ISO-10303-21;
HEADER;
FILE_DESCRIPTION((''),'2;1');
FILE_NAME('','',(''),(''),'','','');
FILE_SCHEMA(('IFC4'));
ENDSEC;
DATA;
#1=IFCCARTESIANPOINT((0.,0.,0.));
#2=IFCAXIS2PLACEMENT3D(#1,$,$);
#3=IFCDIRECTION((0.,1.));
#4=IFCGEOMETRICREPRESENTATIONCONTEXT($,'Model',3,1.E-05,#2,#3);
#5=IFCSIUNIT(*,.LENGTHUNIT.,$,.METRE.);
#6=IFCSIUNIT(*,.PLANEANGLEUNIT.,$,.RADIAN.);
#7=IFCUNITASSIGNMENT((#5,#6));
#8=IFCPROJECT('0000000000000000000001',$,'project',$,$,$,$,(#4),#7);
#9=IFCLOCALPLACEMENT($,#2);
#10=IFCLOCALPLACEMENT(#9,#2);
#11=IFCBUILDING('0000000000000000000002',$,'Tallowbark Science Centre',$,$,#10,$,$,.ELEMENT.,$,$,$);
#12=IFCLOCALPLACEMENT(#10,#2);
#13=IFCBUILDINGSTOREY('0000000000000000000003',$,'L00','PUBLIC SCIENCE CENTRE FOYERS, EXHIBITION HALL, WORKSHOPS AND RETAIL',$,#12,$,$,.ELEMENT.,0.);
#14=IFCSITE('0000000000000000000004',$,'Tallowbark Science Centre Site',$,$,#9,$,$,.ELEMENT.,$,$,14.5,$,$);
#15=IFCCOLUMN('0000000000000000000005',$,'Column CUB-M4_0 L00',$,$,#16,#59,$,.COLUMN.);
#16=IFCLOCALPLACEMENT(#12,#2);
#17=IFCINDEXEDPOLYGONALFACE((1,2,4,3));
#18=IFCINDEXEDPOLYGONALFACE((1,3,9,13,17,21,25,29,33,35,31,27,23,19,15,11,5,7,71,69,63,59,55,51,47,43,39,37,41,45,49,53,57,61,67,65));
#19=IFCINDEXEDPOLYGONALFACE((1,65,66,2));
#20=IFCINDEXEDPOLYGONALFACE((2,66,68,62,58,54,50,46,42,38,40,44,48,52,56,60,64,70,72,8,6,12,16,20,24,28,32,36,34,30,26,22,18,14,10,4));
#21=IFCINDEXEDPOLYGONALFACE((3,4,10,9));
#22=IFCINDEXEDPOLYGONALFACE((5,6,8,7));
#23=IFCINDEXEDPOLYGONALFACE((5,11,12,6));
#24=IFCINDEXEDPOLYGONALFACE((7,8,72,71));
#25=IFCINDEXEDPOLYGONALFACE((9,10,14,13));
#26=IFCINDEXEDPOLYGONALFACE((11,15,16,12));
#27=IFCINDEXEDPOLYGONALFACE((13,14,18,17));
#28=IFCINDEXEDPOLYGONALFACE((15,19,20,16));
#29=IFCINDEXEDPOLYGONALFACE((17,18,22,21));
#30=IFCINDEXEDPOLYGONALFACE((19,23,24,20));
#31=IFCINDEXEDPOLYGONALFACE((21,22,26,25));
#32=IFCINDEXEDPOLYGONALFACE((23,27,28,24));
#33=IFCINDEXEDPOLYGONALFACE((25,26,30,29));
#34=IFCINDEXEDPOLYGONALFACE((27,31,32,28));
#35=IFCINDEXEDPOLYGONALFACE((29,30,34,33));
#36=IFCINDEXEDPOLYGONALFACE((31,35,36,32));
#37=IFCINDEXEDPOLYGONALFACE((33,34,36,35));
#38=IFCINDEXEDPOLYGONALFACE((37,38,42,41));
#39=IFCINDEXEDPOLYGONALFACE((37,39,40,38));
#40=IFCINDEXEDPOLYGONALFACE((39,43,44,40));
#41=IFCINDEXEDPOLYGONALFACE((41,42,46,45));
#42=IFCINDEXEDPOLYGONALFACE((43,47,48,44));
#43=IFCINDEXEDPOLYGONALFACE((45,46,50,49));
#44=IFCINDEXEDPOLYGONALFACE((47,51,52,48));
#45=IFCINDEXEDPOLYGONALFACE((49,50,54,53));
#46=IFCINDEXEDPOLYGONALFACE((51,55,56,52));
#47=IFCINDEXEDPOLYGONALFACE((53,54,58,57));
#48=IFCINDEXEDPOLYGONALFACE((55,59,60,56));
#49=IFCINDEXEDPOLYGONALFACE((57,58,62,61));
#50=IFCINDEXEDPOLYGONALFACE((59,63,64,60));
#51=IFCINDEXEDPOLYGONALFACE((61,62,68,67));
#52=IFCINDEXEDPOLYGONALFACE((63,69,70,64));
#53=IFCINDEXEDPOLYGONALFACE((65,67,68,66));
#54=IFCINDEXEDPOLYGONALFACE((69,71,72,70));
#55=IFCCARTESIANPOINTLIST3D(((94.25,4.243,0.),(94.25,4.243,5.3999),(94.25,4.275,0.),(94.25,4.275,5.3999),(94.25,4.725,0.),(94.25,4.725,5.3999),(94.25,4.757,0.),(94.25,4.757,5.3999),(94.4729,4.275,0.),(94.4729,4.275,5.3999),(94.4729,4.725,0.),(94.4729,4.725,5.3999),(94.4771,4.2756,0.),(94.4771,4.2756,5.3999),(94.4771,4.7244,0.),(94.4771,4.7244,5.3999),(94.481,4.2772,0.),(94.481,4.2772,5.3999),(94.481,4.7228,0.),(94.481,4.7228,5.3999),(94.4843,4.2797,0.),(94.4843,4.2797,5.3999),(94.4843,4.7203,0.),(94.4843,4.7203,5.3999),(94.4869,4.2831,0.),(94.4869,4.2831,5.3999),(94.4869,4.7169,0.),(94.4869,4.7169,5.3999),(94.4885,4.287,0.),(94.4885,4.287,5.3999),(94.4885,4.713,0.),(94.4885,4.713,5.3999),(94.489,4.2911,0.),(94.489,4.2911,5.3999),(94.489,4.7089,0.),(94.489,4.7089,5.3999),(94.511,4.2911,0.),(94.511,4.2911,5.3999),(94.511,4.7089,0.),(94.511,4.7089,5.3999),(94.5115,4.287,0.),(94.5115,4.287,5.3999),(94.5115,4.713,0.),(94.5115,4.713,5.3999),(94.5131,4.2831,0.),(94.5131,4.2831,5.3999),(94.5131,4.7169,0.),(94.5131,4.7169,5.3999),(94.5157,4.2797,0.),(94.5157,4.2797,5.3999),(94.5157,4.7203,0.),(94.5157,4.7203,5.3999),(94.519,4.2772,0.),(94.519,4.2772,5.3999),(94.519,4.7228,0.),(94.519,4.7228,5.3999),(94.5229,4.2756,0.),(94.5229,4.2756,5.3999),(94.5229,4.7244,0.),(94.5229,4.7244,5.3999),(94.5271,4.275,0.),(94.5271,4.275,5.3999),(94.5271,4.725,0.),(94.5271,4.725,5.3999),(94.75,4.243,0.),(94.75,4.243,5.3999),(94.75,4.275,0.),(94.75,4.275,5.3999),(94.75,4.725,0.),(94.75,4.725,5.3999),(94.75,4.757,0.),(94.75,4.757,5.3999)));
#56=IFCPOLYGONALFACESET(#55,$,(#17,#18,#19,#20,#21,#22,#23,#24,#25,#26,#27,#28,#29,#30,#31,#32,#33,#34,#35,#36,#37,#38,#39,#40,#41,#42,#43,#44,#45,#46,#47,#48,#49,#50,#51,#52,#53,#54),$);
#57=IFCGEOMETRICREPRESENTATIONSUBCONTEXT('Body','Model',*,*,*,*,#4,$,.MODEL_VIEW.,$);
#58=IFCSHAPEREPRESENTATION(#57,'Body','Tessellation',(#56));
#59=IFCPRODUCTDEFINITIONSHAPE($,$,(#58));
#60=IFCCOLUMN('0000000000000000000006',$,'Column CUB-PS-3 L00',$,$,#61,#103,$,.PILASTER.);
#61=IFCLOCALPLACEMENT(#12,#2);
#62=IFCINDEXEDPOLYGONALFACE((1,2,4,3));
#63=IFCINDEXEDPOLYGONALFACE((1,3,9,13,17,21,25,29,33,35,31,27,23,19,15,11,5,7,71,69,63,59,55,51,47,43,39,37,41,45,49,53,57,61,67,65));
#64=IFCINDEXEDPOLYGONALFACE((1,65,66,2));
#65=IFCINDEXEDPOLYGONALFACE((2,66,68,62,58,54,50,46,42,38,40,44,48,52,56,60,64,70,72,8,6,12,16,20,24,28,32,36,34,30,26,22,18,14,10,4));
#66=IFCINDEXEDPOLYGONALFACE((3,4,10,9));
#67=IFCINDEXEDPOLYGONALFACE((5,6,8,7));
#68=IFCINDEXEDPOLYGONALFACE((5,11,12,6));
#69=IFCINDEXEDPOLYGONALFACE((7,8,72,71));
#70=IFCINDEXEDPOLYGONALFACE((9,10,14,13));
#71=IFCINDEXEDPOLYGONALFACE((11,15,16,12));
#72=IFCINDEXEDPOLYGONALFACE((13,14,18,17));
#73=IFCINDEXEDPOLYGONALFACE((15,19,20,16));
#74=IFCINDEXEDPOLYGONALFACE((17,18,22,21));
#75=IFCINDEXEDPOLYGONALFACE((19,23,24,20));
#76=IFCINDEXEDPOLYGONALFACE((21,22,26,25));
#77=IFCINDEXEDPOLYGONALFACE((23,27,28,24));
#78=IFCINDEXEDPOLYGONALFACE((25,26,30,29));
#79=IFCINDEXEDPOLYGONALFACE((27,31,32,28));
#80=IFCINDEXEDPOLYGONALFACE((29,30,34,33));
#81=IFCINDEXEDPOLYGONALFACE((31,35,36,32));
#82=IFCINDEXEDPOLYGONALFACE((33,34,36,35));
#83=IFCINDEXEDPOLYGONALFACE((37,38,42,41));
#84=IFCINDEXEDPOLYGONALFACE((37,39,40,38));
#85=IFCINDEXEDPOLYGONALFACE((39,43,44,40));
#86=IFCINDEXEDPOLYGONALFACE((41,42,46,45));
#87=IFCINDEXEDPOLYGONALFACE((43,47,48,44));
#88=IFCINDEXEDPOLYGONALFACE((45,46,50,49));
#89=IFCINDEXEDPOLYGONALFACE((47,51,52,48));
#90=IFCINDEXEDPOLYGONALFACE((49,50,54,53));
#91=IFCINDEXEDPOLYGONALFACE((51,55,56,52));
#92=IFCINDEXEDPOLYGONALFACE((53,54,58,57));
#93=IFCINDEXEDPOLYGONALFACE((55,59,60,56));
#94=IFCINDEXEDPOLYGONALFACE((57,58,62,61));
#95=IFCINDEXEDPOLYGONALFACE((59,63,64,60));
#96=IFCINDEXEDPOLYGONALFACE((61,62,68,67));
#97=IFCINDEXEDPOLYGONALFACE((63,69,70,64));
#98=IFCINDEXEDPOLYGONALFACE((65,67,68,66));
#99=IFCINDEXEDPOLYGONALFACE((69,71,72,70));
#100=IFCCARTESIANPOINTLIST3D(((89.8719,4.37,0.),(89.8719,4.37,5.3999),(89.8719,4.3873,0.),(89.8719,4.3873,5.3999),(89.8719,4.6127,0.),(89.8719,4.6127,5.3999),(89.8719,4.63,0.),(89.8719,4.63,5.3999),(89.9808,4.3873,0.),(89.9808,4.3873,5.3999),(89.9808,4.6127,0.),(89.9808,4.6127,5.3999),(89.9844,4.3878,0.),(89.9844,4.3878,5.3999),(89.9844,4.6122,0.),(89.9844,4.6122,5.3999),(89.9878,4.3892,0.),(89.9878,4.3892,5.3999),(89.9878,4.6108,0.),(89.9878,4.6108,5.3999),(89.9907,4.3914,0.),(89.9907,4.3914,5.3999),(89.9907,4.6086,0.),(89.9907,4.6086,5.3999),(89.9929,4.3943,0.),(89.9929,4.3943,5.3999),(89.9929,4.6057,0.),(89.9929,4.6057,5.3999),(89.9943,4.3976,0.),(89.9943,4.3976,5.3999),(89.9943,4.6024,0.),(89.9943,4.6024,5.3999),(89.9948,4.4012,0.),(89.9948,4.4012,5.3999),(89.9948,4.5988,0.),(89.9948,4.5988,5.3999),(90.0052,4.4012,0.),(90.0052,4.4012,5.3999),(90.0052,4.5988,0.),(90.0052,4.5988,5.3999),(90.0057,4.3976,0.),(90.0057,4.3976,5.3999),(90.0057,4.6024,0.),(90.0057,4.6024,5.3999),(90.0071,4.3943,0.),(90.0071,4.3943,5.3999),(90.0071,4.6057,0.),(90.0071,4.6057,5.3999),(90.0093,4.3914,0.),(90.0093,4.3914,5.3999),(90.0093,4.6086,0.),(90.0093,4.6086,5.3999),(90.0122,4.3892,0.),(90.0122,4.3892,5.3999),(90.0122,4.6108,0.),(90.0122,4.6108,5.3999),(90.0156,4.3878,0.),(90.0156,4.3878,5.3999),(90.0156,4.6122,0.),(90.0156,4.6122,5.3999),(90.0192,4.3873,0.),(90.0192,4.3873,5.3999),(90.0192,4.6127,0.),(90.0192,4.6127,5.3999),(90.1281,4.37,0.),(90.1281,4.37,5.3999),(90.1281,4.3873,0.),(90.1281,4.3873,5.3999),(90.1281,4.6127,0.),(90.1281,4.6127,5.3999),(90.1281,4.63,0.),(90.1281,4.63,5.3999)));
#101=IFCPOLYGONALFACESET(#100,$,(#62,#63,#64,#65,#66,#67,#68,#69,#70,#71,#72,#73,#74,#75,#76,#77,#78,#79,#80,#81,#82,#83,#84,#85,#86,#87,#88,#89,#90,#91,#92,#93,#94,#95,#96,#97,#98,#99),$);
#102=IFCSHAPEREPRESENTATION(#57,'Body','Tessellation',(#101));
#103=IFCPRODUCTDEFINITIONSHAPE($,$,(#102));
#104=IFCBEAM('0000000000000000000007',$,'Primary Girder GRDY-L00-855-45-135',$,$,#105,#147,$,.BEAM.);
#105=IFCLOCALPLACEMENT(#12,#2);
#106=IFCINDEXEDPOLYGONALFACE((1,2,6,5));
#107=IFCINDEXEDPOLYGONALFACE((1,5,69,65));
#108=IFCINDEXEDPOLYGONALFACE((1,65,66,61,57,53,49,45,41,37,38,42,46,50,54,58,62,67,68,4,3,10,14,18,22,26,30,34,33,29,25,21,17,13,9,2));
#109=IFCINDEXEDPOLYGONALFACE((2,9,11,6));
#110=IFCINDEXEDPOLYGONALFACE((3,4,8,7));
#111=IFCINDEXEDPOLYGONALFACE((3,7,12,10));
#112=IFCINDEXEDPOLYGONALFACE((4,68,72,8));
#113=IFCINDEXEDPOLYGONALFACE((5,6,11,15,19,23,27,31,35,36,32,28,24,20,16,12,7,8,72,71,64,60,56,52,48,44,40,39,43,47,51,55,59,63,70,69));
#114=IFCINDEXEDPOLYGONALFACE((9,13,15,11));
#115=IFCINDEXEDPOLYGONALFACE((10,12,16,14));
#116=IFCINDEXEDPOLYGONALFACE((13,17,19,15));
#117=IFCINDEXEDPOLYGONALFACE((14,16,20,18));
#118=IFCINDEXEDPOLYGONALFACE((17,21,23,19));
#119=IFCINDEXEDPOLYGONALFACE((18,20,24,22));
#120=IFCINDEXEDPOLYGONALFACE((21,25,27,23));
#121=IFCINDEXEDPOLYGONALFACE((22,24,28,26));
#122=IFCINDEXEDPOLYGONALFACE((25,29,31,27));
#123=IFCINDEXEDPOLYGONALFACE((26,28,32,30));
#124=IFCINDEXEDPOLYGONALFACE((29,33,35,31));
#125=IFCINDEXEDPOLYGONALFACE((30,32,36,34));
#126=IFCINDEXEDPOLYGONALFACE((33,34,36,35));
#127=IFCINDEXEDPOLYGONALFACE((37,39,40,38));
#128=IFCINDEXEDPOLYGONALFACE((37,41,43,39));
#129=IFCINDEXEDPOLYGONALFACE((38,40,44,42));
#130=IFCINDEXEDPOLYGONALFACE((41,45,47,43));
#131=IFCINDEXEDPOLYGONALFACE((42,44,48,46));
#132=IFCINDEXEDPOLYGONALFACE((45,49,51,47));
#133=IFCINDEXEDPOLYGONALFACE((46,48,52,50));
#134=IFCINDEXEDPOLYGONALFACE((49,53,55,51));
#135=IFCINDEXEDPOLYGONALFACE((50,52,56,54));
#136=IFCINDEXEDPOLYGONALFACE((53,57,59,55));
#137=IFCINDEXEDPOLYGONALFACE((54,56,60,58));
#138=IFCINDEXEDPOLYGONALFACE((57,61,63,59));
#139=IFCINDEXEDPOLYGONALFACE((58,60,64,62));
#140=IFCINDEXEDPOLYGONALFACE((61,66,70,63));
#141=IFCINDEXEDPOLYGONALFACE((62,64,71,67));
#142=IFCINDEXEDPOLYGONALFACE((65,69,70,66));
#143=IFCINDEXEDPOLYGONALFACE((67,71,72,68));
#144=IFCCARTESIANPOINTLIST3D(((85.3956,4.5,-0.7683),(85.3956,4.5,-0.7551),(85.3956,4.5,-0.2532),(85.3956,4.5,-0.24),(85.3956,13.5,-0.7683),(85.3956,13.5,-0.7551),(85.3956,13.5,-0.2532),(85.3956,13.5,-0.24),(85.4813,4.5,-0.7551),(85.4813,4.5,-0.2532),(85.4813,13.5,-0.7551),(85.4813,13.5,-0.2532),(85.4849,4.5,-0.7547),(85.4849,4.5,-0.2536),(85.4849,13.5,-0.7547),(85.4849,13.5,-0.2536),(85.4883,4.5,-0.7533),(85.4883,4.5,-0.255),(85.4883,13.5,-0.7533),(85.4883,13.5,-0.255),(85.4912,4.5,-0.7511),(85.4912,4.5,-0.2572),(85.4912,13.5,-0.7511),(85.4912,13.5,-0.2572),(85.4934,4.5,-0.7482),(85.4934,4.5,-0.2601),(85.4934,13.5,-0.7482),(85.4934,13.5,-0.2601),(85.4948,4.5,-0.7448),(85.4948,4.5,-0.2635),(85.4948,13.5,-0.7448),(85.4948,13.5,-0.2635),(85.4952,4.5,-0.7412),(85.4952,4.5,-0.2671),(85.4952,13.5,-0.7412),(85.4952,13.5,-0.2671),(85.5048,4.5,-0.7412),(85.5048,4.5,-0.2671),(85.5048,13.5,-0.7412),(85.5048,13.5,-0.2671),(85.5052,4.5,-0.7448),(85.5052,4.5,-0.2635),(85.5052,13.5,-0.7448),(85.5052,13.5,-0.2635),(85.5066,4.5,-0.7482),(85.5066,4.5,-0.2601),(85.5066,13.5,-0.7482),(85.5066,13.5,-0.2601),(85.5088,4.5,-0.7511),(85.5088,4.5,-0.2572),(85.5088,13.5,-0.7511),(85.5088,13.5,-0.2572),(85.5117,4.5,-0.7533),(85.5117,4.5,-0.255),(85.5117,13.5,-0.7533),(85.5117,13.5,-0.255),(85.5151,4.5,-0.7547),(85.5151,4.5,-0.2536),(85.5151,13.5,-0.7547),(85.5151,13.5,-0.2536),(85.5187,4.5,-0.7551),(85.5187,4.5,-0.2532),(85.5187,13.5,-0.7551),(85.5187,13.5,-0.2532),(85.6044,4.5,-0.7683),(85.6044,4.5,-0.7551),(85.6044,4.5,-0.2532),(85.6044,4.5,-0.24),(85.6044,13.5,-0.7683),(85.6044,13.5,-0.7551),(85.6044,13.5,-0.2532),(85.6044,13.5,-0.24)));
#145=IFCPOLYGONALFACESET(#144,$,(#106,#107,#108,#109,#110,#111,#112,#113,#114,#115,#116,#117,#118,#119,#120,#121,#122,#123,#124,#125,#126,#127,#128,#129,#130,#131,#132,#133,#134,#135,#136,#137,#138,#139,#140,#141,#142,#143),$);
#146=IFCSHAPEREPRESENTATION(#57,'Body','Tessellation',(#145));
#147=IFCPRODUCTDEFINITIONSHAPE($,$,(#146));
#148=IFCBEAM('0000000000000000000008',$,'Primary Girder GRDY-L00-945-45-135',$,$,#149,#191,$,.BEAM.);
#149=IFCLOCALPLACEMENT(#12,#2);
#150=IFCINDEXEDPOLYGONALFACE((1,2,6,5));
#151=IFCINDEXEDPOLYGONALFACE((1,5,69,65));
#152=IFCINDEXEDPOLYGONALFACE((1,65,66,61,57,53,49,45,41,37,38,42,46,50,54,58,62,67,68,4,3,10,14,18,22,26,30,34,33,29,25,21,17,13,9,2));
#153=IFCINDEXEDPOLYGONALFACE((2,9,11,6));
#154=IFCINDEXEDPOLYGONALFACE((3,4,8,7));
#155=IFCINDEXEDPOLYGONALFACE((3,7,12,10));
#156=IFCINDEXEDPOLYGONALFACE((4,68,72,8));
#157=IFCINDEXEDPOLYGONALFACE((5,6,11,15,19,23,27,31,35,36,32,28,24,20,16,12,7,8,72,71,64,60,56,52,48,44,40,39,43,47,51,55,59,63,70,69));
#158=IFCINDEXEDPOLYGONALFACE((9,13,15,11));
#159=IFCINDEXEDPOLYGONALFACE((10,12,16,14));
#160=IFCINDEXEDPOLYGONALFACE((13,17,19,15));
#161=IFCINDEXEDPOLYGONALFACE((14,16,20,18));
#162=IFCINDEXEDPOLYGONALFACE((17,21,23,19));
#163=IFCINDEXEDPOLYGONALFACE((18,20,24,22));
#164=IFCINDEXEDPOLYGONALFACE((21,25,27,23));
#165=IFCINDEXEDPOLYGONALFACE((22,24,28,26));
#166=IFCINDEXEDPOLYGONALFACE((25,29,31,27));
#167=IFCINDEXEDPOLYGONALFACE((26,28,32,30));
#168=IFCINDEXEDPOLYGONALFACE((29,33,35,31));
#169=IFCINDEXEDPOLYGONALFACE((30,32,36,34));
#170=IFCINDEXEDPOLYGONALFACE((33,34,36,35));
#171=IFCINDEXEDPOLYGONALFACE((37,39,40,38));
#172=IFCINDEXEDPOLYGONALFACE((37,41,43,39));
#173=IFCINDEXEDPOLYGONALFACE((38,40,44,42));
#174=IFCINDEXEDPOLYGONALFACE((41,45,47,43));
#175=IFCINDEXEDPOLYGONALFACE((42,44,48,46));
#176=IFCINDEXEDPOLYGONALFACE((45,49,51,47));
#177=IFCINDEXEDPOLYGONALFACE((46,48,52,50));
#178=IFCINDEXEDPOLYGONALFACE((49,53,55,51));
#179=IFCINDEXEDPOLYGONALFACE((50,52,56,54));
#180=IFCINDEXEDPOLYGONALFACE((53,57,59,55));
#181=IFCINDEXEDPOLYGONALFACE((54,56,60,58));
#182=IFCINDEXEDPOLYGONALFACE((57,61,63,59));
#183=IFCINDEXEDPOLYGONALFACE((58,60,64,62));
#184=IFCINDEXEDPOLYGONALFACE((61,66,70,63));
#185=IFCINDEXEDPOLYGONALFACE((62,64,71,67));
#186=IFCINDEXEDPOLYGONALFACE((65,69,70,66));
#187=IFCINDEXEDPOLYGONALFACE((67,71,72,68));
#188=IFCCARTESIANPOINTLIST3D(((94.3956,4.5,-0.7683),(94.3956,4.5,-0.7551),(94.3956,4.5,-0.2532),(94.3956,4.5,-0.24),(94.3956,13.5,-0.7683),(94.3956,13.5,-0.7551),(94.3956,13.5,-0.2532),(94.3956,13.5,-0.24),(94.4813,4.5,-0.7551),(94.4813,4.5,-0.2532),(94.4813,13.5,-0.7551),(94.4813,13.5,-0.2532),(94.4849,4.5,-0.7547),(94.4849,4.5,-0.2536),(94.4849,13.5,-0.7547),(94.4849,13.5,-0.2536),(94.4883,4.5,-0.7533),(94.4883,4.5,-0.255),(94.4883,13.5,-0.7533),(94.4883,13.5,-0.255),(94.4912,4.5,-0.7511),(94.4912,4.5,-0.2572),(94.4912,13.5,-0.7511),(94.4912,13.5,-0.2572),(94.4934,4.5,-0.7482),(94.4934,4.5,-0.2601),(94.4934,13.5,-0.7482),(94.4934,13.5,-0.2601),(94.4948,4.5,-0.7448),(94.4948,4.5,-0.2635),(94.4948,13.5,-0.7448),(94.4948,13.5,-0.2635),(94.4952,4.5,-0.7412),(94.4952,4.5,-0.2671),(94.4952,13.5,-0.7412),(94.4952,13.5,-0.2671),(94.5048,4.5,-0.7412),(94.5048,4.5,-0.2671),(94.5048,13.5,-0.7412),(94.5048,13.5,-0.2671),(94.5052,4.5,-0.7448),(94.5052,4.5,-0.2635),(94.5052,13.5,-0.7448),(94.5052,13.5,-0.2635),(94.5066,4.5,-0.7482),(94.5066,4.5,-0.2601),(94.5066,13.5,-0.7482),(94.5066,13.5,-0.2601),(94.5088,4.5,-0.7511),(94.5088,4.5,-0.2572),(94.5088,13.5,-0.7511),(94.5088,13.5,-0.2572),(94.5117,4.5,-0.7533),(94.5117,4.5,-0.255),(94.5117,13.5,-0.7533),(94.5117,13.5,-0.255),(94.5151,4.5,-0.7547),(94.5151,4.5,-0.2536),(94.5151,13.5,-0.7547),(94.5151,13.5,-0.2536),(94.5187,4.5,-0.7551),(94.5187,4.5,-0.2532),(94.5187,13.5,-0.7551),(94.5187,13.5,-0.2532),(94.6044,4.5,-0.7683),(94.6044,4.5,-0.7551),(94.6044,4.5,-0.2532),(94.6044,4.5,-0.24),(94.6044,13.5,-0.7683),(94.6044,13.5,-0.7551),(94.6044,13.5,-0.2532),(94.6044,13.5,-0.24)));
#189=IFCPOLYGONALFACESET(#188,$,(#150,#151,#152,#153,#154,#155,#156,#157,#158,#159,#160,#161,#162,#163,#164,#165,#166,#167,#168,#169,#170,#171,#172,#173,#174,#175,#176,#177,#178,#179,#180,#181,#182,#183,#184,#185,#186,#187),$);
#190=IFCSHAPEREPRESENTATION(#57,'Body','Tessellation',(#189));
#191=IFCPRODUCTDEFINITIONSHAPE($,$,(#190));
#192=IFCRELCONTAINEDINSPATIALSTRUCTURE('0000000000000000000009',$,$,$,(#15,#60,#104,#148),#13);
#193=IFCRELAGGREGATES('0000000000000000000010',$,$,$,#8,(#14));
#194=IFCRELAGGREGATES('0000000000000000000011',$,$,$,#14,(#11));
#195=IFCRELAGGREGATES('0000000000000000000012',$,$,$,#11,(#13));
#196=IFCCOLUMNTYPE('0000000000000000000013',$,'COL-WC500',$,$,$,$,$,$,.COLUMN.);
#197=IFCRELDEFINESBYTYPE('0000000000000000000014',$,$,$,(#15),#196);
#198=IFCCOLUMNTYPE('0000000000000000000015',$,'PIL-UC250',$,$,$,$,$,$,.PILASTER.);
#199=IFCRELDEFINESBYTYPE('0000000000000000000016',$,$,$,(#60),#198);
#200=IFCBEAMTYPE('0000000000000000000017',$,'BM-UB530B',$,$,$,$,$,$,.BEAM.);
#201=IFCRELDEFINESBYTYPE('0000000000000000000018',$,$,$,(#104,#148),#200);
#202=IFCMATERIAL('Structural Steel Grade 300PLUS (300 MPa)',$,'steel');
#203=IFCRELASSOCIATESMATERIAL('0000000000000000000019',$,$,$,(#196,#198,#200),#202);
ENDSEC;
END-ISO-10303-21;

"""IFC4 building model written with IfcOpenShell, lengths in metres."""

from ifc_helpers import new_model, si_unit, direction, frame, origin, origin_2d, place, context, subcontext, project, spatial, i_section, extrude, material, material_profile, profile_set, type_object, element, save


model = new_model("IFC4")

# Units and contexts
model_context = context("Model", 3, precision=1e-05, world=origin(), true_north=direction((0.0, 1.0)))
body_context = subcontext(model_context, "Body", "Model", "MODEL_VIEW")
ifc_project = project(units=[si_unit("LENGTHUNIT", "METRE"), si_unit("PLANEANGLEUNIT", "RADIAN")], contexts=[model_context])

# Site, building, storey
site_placement = place(None, origin())
site = spatial("IfcSite", under=ifc_project, at=site_placement, Name="Tallowbark Science Centre Site", CompositionType="ELEMENT", RefElevation=14.5)
building_placement = place(site_placement, origin())
building = spatial("IfcBuilding", under=site, at=building_placement, Name="Tallowbark Science Centre", CompositionType="ELEMENT")
storey_placement = place(building_placement, origin())
storey = spatial("IfcBuildingStorey", under=building, at=storey_placement, Name="L00", Description="PUBLIC SCIENCE CENTRE FOYERS, EXHIBITION HALL, WORKSHOPS AND RETAIL", CompositionType="ELEMENT", Elevation=0.0)

# Columns
ifc_material_1 = material(Name="Structural Steel Grade 300PLUS (300 MPa)", Category="steel")
ifc_material_profile_1 = material_profile(ifc_material_1, i_section(OverallWidth=0.5, OverallDepth=0.5139, WebThickness=0.022, FlangeThickness=0.032, FilletRadius=0.0161, at=origin_2d()), Name="500WC340")
ifc_profile_set_1 = profile_set([ifc_material_profile_1], Name="Structural Steel Grade 300PLUS (300 MPa)")
column_type_1 = type_object("IfcColumnType", Name="COL-WC500", PredefinedType="COLUMN", material=ifc_profile_set_1)
column_1_placement = place(storey_placement, frame((94.5, 4.5, 0.0), z_axis=(0.0, 0.0, 1.0), x_axis=(1.0, 0.0, 0.0)))
element("IfcColumn", 1, at=column_1_placement, inside=storey, type_object=column_type_1, Name="Column CUB-M4_0 L00", PredefinedType="COLUMN", context=body_context, shape_type="SweptSolid", body=[
    extrude(i_section(OverallWidth=0.5, OverallDepth=0.5139, WebThickness=0.022, FlangeThickness=0.032, FilletRadius=0.0161, at=origin_2d()), origin(), (0.0, 0.0, 1.0), 5.3999),
])
ifc_material_profile_2 = material_profile(ifc_material_1, i_section(OverallWidth=0.2561, OverallDepth=0.26, WebThickness=0.0105, FlangeThickness=0.0173, FilletRadius=0.0139, at=origin_2d()), Name="250UC89.5")
ifc_profile_set_2 = profile_set([ifc_material_profile_2], Name="Structural Steel Grade 300PLUS (300 MPa)")
column_type_2 = type_object("IfcColumnType", Name="PIL-UC250", PredefinedType="PILASTER", material=ifc_profile_set_2)
column_2_placement = place(storey_placement, frame((90.0, 4.5, 0.0), z_axis=(0.0, 0.0, 1.0), x_axis=(1.0, 0.0, 0.0)))
element("IfcColumn", 2, at=column_2_placement, inside=storey, type_object=column_type_2, Name="Column CUB-PS-3 L00", PredefinedType="PILASTER", context=body_context, shape_type="SweptSolid", body=[
    extrude(i_section(OverallWidth=0.2561, OverallDepth=0.26, WebThickness=0.0105, FlangeThickness=0.0173, FilletRadius=0.0139, at=origin_2d()), origin(), (0.0, 0.0, 1.0), 5.3999),
])

# Beams
ifc_material_profile_3 = material_profile(ifc_material_1, i_section(OverallWidth=0.2087, OverallDepth=0.5283, WebThickness=0.0095, FlangeThickness=0.0132, FilletRadius=0.0139, at=origin_2d()), Name="530UB82.0")
ifc_profile_set_3 = profile_set([ifc_material_profile_3], Name="Structural Steel Grade 300PLUS (300 MPa)")
beam_type_1 = type_object("IfcBeamType", Name="BM-UB530B", PredefinedType="BEAM", material=ifc_profile_set_3)
for number, where, z_axis, x_axis, name in (
    (3, (85.5, 4.5, -0.5042), (0.0, 1.0, 0.0), (-1.0, 0.0, 0.0), "Primary Girder GRDY-L00-855-45-135"),
    (4, (94.5, 4.5, -0.5042), (0.0, 1.0, 0.0), (-1.0, 0.0, 0.0), "Primary Girder GRDY-L00-945-45-135"),
):
    element("IfcBeam", number, at=place(storey_placement, frame(where, z_axis=z_axis, x_axis=x_axis)), inside=storey, type_object=beam_type_1, Name=name, PredefinedType="BEAM", context=body_context, shape_type="SweptSolid", body=[
        extrude(i_section(OverallWidth=0.2087, OverallDepth=0.5283, WebThickness=0.0095, FlangeThickness=0.0132, FilletRadius=0.0139, at=origin_2d()), origin(), (0.0, 0.0, 1.0), 9.0),
    ])

save(model, "model.ifc")
